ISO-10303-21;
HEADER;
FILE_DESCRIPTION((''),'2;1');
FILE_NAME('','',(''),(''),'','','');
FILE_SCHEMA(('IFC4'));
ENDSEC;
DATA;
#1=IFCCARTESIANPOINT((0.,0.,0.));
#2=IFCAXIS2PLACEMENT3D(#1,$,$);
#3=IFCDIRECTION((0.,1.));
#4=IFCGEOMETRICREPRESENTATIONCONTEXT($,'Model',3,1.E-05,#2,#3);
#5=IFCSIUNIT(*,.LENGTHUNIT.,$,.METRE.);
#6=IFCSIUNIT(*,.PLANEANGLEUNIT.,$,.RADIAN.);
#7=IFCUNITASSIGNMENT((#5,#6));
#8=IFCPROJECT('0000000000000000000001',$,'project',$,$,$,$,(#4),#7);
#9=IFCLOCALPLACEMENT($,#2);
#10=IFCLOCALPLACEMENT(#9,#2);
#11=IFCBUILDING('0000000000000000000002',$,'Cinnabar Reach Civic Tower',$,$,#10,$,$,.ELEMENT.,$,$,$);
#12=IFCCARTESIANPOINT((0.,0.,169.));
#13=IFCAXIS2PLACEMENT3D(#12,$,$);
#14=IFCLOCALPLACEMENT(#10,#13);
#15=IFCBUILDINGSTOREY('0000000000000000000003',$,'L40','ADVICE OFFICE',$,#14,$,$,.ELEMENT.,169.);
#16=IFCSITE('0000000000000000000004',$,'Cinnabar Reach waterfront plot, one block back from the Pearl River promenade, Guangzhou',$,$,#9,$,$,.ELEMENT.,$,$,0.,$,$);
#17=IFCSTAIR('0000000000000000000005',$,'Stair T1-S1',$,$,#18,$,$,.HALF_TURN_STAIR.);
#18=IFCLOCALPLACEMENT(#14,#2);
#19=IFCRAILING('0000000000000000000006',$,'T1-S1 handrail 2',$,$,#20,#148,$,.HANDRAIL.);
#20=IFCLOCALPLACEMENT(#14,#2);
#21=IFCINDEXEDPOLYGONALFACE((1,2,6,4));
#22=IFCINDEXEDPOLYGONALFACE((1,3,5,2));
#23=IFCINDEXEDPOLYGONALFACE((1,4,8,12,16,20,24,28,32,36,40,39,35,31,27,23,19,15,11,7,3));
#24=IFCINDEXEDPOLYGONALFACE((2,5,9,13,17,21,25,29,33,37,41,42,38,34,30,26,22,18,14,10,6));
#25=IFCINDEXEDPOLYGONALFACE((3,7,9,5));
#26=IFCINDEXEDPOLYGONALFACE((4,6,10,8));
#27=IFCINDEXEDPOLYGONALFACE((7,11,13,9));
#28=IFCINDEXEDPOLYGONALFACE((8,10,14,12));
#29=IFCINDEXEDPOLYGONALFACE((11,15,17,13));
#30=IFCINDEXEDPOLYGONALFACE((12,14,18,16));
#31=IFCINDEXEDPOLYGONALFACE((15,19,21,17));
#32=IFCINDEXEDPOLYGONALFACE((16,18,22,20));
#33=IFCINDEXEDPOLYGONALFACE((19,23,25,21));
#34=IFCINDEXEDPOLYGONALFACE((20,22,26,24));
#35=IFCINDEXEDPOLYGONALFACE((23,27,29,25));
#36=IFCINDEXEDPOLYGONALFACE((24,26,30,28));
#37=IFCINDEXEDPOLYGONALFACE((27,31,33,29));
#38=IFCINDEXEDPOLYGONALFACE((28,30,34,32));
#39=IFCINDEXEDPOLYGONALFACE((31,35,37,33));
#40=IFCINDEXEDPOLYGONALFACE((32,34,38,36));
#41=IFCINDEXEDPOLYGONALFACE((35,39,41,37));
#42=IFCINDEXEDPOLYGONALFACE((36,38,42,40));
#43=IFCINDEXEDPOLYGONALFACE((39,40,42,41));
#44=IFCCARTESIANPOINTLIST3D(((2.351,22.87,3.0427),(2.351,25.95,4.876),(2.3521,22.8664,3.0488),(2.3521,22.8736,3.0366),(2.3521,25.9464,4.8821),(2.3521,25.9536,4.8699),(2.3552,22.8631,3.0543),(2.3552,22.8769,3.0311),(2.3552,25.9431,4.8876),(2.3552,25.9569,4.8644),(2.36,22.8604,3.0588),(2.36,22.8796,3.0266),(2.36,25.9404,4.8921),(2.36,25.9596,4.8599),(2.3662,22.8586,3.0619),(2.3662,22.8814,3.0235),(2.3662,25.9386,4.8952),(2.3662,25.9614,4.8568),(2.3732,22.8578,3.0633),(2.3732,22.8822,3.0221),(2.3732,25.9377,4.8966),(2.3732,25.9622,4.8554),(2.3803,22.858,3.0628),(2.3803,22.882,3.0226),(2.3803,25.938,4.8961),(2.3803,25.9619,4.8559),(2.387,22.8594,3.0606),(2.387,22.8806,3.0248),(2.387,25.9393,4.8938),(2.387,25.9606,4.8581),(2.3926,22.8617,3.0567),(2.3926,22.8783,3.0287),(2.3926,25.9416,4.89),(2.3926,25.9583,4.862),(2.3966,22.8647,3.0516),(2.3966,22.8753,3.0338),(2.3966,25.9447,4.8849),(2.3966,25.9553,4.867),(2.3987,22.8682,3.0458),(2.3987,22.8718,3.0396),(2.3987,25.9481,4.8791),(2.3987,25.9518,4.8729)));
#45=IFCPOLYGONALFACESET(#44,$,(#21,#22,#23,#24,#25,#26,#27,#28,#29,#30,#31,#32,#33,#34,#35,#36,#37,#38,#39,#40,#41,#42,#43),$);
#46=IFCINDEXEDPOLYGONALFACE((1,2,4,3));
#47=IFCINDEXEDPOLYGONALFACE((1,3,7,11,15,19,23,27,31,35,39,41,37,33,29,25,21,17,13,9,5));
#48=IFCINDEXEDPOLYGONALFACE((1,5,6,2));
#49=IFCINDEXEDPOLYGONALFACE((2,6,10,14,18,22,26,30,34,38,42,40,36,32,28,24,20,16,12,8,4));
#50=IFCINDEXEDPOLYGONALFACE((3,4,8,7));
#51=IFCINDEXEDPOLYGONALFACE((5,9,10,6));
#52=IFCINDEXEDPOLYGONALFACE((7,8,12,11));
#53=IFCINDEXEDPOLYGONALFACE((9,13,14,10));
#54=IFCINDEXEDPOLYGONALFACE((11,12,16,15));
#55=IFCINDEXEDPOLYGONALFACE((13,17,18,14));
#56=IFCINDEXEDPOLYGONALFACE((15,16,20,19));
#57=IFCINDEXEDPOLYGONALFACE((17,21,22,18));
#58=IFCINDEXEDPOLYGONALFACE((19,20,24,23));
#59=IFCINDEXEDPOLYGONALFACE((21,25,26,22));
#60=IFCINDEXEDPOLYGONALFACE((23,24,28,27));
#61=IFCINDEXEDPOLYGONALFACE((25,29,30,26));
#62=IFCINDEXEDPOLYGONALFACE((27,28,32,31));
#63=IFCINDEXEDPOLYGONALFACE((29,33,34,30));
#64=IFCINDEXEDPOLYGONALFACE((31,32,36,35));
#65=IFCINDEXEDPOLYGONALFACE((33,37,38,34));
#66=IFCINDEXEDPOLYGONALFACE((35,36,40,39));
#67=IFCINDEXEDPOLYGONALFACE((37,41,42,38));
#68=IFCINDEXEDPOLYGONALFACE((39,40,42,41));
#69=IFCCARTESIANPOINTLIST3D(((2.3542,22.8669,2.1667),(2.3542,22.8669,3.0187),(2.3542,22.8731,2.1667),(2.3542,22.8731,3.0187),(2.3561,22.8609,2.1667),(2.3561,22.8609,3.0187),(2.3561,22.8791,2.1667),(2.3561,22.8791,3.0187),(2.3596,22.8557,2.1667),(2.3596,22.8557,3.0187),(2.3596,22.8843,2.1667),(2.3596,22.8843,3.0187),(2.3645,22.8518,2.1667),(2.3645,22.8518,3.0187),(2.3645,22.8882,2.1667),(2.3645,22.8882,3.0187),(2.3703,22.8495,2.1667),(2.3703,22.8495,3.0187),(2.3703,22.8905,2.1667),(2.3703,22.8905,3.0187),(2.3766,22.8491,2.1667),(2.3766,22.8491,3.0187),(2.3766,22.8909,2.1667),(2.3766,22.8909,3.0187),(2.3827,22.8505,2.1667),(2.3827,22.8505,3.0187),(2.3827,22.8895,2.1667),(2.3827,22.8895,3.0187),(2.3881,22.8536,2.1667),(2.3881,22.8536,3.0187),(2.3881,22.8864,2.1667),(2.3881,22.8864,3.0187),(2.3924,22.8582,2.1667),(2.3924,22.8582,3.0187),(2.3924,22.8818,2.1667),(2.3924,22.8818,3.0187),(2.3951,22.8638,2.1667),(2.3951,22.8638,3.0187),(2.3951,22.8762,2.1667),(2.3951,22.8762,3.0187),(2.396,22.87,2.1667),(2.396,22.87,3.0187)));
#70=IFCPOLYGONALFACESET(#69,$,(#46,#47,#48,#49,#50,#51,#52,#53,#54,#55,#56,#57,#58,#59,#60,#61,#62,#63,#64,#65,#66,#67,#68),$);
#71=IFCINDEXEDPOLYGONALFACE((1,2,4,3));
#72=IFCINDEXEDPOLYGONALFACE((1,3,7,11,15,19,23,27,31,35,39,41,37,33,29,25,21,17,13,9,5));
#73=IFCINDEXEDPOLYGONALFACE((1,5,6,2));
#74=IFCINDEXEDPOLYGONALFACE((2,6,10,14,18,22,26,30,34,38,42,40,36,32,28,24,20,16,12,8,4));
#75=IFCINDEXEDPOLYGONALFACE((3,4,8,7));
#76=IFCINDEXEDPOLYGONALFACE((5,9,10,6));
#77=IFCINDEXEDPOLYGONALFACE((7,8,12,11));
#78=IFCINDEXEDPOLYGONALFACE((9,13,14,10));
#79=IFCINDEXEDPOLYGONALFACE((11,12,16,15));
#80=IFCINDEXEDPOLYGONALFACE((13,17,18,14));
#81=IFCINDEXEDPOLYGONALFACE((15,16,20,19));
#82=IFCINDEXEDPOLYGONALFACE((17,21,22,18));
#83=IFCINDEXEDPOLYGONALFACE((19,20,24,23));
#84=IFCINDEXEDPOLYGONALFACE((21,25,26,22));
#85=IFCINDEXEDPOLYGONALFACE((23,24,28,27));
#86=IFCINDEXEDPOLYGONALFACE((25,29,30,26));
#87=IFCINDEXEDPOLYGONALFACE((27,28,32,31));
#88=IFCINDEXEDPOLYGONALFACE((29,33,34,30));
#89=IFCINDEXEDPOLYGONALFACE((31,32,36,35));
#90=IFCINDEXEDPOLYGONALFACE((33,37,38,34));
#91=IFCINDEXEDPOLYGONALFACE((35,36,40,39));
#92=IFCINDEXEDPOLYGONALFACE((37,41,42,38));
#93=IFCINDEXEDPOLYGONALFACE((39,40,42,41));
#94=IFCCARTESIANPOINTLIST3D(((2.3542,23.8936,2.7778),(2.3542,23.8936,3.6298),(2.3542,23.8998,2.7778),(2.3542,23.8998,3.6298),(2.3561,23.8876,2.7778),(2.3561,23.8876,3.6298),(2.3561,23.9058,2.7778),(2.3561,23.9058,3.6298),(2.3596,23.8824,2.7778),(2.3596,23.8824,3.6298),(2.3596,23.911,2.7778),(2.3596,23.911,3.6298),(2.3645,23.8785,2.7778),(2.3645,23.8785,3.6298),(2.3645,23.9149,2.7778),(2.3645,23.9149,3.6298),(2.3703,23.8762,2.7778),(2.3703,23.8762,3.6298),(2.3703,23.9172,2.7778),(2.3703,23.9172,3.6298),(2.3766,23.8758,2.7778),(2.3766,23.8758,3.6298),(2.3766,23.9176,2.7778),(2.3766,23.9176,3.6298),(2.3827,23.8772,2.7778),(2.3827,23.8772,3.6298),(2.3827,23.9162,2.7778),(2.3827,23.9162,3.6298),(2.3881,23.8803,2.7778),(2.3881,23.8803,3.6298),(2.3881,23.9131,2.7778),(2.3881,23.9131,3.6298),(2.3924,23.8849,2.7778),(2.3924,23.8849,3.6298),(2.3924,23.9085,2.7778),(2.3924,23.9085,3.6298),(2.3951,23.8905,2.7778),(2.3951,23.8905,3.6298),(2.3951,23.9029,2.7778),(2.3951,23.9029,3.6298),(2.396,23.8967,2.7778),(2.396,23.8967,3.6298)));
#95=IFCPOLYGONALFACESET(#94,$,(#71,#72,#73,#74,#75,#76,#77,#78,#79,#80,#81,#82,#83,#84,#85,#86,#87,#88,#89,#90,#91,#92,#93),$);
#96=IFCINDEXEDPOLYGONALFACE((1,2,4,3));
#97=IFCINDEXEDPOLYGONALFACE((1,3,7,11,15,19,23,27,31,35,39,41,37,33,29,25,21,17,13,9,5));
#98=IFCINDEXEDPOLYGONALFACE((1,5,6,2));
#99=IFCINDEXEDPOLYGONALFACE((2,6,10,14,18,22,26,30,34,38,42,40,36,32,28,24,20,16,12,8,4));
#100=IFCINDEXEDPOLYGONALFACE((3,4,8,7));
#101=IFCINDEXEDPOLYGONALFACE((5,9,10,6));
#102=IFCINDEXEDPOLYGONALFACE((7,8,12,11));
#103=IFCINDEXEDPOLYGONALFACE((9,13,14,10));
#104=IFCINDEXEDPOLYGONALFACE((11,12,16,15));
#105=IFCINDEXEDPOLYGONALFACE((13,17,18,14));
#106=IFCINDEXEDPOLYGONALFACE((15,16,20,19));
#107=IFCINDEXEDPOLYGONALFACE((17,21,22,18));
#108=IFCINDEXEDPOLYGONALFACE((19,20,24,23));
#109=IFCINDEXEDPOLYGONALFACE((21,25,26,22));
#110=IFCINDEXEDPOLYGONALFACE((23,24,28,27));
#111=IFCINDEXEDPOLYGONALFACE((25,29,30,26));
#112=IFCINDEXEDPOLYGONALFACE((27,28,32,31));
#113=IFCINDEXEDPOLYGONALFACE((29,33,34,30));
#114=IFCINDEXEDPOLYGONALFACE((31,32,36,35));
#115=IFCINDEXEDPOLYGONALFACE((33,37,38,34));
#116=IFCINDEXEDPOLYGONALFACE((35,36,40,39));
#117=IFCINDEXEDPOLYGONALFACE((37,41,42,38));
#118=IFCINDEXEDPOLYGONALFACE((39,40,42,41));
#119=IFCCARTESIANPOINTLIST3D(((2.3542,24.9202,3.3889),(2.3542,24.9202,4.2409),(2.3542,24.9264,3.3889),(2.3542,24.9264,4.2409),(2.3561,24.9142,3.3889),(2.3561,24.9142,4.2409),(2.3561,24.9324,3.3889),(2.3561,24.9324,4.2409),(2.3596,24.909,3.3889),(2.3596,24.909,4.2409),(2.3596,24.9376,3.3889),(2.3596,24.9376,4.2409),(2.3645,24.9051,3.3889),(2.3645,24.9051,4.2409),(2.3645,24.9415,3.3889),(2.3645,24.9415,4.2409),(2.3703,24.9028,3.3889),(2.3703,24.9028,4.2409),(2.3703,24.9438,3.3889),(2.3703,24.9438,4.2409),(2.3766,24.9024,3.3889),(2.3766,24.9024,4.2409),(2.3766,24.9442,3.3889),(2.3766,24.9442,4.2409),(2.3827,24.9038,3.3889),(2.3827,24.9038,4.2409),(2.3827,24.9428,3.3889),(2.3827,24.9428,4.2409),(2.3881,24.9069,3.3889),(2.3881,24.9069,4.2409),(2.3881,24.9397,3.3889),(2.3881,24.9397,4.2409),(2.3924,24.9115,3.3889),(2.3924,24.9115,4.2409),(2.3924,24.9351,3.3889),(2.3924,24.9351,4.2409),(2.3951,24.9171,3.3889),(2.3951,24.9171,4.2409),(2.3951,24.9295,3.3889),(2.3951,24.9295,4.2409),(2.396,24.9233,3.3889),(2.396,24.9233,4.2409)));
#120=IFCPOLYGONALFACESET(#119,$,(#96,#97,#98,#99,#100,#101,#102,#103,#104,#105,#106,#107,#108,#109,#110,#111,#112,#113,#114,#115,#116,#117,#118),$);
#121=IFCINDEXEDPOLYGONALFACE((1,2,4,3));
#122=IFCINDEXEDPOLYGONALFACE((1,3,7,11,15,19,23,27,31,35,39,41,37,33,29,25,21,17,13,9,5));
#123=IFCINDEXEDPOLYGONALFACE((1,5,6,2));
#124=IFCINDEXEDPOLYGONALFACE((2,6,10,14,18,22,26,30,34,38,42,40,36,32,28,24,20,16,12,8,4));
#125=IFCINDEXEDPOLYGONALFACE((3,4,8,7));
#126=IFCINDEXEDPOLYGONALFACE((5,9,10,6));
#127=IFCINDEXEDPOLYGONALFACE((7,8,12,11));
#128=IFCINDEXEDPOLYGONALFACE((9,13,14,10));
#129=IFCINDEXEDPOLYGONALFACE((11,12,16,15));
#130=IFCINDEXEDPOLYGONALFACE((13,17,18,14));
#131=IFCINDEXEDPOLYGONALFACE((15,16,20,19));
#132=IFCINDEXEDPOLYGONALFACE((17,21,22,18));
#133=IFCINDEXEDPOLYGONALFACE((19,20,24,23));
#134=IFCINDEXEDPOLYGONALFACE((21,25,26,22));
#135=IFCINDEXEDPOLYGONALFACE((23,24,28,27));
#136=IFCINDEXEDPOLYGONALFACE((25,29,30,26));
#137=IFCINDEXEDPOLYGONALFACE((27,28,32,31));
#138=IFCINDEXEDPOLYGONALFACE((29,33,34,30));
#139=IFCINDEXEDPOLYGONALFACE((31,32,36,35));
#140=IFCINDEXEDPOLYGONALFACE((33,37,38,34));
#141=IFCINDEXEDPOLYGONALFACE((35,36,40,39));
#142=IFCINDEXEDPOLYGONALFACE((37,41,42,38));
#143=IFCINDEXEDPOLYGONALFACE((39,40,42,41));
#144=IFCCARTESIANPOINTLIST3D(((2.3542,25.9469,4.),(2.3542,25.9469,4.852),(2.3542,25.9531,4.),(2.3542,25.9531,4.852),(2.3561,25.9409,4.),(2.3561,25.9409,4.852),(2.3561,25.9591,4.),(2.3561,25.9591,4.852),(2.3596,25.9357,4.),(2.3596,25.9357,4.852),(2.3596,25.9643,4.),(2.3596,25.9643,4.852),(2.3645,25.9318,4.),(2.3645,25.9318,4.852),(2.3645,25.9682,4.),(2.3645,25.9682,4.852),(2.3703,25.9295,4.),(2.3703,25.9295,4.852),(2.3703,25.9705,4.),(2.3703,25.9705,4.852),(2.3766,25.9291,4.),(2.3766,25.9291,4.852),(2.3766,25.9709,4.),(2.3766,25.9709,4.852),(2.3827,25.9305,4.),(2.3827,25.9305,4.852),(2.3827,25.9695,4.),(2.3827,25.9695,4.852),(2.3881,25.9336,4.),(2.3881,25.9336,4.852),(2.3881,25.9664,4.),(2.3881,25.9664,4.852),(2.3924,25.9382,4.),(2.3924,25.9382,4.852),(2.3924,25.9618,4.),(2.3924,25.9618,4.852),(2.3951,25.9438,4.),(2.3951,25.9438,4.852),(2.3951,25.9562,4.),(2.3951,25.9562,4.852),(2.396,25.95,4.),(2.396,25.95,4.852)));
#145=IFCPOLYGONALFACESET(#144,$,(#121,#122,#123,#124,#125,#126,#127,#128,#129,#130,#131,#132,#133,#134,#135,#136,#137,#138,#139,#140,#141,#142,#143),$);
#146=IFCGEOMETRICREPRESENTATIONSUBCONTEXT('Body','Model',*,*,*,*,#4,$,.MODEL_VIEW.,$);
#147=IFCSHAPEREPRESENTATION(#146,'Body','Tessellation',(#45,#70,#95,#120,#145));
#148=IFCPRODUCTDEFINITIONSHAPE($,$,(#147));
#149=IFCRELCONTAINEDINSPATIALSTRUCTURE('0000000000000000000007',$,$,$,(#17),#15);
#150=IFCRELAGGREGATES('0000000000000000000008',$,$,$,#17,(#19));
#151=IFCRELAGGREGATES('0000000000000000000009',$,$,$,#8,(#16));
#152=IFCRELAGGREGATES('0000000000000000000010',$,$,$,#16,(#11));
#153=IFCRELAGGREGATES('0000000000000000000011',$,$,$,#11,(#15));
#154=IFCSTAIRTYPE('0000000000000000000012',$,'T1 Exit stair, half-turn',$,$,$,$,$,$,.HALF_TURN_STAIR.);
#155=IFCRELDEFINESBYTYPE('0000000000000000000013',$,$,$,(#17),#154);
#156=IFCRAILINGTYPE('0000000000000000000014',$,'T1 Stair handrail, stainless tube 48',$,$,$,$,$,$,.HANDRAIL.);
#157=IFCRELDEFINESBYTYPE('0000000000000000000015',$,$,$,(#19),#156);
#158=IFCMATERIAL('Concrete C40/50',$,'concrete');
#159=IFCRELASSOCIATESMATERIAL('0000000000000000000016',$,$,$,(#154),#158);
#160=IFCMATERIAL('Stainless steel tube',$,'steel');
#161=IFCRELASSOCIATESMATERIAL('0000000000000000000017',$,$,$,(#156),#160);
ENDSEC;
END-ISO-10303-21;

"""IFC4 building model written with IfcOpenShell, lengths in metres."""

from ifc_helpers import new_model, si_unit, direction, frame, origin, origin_2d, place, context, subcontext, project, spatial, circle, extrude, material, type_object, element, aggregate, save


model = new_model("IFC4")

# Units and contexts
model_context = context("Model", 3, precision=1e-05, world=origin(), true_north=direction((0.0, 1.0)))
body_context = subcontext(model_context, "Body", "Model", "MODEL_VIEW")
ifc_project = project(units=[si_unit("LENGTHUNIT", "METRE"), si_unit("PLANEANGLEUNIT", "RADIAN")], contexts=[model_context])

# Site, building, storey
site_placement = place(None, origin())
site = spatial("IfcSite", under=ifc_project, at=site_placement, Name="Cinnabar Reach waterfront plot, one block back from the Pearl River promenade, Guangzhou", CompositionType="ELEMENT", RefElevation=0.0)
building_placement = place(site_placement, origin())
building = spatial("IfcBuilding", under=site, at=building_placement, Name="Cinnabar Reach Civic Tower", CompositionType="ELEMENT")
storey_placement = place(building_placement, frame((0.0, 0.0, 169.0)))
storey = spatial("IfcBuildingStorey", under=building, at=storey_placement, Name="L40", Description="ADVICE OFFICE", CompositionType="ELEMENT", Elevation=169.0)

# Shared definitions
ifc_material_1 = material(Name="Concrete C40/50", Category="concrete")

# Stair, railing
stair_type = type_object("IfcStairType", Name="T1 Exit stair, half-turn", PredefinedType="HALF_TURN_STAIR", material=ifc_material_1)
stair_placement = place(storey_placement, origin())
stair = element("IfcStair", 1, at=stair_placement, inside=storey, type_object=stair_type, Name="Stair T1-S1", PredefinedType="HALF_TURN_STAIR")
ifc_material_2 = material(Name="Stainless steel tube", Category="steel")
railing_type = type_object("IfcRailingType", Name="T1 Stair handrail, stainless tube 48", PredefinedType="HANDRAIL", material=ifc_material_2)
railing_1_placement = place(storey_placement, frame((2.375, 22.87, 2.1667)))
railing_1 = element("IfcRailing", 2, at=railing_1_placement, type_object=railing_type, Name="T1-S1 handrail 2", PredefinedType="HANDRAIL", context=body_context, shape_type="SweptSolid", body=[
    extrude(circle(Radius=0.024, at=origin_2d()), frame((0.0, 0.0, 0.876), z_axis=(0.0, 0.859297, 0.511477), x_axis=(-1.0, 0.0, 0.0)), (0.0, 0.0, 1.0), 3.5843),
    extrude(circle(Radius=0.021, at=origin_2d()), origin(), (0.0, 0.0, 1.0), 0.852),
    extrude(circle(Radius=0.021, at=origin_2d()), frame((0.0, 1.0267, 0.6111)), (0.0, 0.0, 1.0), 0.852),
    extrude(circle(Radius=0.021, at=origin_2d()), frame((0.0, 2.0533, 1.2222)), (0.0, 0.0, 1.0), 0.852),
    extrude(circle(Radius=0.021, at=origin_2d()), frame((0.0, 3.08, 1.8333)), (0.0, 0.0, 1.0), 0.852),
])
aggregate(stair, [railing_1])

save(model, "model.ifc")
